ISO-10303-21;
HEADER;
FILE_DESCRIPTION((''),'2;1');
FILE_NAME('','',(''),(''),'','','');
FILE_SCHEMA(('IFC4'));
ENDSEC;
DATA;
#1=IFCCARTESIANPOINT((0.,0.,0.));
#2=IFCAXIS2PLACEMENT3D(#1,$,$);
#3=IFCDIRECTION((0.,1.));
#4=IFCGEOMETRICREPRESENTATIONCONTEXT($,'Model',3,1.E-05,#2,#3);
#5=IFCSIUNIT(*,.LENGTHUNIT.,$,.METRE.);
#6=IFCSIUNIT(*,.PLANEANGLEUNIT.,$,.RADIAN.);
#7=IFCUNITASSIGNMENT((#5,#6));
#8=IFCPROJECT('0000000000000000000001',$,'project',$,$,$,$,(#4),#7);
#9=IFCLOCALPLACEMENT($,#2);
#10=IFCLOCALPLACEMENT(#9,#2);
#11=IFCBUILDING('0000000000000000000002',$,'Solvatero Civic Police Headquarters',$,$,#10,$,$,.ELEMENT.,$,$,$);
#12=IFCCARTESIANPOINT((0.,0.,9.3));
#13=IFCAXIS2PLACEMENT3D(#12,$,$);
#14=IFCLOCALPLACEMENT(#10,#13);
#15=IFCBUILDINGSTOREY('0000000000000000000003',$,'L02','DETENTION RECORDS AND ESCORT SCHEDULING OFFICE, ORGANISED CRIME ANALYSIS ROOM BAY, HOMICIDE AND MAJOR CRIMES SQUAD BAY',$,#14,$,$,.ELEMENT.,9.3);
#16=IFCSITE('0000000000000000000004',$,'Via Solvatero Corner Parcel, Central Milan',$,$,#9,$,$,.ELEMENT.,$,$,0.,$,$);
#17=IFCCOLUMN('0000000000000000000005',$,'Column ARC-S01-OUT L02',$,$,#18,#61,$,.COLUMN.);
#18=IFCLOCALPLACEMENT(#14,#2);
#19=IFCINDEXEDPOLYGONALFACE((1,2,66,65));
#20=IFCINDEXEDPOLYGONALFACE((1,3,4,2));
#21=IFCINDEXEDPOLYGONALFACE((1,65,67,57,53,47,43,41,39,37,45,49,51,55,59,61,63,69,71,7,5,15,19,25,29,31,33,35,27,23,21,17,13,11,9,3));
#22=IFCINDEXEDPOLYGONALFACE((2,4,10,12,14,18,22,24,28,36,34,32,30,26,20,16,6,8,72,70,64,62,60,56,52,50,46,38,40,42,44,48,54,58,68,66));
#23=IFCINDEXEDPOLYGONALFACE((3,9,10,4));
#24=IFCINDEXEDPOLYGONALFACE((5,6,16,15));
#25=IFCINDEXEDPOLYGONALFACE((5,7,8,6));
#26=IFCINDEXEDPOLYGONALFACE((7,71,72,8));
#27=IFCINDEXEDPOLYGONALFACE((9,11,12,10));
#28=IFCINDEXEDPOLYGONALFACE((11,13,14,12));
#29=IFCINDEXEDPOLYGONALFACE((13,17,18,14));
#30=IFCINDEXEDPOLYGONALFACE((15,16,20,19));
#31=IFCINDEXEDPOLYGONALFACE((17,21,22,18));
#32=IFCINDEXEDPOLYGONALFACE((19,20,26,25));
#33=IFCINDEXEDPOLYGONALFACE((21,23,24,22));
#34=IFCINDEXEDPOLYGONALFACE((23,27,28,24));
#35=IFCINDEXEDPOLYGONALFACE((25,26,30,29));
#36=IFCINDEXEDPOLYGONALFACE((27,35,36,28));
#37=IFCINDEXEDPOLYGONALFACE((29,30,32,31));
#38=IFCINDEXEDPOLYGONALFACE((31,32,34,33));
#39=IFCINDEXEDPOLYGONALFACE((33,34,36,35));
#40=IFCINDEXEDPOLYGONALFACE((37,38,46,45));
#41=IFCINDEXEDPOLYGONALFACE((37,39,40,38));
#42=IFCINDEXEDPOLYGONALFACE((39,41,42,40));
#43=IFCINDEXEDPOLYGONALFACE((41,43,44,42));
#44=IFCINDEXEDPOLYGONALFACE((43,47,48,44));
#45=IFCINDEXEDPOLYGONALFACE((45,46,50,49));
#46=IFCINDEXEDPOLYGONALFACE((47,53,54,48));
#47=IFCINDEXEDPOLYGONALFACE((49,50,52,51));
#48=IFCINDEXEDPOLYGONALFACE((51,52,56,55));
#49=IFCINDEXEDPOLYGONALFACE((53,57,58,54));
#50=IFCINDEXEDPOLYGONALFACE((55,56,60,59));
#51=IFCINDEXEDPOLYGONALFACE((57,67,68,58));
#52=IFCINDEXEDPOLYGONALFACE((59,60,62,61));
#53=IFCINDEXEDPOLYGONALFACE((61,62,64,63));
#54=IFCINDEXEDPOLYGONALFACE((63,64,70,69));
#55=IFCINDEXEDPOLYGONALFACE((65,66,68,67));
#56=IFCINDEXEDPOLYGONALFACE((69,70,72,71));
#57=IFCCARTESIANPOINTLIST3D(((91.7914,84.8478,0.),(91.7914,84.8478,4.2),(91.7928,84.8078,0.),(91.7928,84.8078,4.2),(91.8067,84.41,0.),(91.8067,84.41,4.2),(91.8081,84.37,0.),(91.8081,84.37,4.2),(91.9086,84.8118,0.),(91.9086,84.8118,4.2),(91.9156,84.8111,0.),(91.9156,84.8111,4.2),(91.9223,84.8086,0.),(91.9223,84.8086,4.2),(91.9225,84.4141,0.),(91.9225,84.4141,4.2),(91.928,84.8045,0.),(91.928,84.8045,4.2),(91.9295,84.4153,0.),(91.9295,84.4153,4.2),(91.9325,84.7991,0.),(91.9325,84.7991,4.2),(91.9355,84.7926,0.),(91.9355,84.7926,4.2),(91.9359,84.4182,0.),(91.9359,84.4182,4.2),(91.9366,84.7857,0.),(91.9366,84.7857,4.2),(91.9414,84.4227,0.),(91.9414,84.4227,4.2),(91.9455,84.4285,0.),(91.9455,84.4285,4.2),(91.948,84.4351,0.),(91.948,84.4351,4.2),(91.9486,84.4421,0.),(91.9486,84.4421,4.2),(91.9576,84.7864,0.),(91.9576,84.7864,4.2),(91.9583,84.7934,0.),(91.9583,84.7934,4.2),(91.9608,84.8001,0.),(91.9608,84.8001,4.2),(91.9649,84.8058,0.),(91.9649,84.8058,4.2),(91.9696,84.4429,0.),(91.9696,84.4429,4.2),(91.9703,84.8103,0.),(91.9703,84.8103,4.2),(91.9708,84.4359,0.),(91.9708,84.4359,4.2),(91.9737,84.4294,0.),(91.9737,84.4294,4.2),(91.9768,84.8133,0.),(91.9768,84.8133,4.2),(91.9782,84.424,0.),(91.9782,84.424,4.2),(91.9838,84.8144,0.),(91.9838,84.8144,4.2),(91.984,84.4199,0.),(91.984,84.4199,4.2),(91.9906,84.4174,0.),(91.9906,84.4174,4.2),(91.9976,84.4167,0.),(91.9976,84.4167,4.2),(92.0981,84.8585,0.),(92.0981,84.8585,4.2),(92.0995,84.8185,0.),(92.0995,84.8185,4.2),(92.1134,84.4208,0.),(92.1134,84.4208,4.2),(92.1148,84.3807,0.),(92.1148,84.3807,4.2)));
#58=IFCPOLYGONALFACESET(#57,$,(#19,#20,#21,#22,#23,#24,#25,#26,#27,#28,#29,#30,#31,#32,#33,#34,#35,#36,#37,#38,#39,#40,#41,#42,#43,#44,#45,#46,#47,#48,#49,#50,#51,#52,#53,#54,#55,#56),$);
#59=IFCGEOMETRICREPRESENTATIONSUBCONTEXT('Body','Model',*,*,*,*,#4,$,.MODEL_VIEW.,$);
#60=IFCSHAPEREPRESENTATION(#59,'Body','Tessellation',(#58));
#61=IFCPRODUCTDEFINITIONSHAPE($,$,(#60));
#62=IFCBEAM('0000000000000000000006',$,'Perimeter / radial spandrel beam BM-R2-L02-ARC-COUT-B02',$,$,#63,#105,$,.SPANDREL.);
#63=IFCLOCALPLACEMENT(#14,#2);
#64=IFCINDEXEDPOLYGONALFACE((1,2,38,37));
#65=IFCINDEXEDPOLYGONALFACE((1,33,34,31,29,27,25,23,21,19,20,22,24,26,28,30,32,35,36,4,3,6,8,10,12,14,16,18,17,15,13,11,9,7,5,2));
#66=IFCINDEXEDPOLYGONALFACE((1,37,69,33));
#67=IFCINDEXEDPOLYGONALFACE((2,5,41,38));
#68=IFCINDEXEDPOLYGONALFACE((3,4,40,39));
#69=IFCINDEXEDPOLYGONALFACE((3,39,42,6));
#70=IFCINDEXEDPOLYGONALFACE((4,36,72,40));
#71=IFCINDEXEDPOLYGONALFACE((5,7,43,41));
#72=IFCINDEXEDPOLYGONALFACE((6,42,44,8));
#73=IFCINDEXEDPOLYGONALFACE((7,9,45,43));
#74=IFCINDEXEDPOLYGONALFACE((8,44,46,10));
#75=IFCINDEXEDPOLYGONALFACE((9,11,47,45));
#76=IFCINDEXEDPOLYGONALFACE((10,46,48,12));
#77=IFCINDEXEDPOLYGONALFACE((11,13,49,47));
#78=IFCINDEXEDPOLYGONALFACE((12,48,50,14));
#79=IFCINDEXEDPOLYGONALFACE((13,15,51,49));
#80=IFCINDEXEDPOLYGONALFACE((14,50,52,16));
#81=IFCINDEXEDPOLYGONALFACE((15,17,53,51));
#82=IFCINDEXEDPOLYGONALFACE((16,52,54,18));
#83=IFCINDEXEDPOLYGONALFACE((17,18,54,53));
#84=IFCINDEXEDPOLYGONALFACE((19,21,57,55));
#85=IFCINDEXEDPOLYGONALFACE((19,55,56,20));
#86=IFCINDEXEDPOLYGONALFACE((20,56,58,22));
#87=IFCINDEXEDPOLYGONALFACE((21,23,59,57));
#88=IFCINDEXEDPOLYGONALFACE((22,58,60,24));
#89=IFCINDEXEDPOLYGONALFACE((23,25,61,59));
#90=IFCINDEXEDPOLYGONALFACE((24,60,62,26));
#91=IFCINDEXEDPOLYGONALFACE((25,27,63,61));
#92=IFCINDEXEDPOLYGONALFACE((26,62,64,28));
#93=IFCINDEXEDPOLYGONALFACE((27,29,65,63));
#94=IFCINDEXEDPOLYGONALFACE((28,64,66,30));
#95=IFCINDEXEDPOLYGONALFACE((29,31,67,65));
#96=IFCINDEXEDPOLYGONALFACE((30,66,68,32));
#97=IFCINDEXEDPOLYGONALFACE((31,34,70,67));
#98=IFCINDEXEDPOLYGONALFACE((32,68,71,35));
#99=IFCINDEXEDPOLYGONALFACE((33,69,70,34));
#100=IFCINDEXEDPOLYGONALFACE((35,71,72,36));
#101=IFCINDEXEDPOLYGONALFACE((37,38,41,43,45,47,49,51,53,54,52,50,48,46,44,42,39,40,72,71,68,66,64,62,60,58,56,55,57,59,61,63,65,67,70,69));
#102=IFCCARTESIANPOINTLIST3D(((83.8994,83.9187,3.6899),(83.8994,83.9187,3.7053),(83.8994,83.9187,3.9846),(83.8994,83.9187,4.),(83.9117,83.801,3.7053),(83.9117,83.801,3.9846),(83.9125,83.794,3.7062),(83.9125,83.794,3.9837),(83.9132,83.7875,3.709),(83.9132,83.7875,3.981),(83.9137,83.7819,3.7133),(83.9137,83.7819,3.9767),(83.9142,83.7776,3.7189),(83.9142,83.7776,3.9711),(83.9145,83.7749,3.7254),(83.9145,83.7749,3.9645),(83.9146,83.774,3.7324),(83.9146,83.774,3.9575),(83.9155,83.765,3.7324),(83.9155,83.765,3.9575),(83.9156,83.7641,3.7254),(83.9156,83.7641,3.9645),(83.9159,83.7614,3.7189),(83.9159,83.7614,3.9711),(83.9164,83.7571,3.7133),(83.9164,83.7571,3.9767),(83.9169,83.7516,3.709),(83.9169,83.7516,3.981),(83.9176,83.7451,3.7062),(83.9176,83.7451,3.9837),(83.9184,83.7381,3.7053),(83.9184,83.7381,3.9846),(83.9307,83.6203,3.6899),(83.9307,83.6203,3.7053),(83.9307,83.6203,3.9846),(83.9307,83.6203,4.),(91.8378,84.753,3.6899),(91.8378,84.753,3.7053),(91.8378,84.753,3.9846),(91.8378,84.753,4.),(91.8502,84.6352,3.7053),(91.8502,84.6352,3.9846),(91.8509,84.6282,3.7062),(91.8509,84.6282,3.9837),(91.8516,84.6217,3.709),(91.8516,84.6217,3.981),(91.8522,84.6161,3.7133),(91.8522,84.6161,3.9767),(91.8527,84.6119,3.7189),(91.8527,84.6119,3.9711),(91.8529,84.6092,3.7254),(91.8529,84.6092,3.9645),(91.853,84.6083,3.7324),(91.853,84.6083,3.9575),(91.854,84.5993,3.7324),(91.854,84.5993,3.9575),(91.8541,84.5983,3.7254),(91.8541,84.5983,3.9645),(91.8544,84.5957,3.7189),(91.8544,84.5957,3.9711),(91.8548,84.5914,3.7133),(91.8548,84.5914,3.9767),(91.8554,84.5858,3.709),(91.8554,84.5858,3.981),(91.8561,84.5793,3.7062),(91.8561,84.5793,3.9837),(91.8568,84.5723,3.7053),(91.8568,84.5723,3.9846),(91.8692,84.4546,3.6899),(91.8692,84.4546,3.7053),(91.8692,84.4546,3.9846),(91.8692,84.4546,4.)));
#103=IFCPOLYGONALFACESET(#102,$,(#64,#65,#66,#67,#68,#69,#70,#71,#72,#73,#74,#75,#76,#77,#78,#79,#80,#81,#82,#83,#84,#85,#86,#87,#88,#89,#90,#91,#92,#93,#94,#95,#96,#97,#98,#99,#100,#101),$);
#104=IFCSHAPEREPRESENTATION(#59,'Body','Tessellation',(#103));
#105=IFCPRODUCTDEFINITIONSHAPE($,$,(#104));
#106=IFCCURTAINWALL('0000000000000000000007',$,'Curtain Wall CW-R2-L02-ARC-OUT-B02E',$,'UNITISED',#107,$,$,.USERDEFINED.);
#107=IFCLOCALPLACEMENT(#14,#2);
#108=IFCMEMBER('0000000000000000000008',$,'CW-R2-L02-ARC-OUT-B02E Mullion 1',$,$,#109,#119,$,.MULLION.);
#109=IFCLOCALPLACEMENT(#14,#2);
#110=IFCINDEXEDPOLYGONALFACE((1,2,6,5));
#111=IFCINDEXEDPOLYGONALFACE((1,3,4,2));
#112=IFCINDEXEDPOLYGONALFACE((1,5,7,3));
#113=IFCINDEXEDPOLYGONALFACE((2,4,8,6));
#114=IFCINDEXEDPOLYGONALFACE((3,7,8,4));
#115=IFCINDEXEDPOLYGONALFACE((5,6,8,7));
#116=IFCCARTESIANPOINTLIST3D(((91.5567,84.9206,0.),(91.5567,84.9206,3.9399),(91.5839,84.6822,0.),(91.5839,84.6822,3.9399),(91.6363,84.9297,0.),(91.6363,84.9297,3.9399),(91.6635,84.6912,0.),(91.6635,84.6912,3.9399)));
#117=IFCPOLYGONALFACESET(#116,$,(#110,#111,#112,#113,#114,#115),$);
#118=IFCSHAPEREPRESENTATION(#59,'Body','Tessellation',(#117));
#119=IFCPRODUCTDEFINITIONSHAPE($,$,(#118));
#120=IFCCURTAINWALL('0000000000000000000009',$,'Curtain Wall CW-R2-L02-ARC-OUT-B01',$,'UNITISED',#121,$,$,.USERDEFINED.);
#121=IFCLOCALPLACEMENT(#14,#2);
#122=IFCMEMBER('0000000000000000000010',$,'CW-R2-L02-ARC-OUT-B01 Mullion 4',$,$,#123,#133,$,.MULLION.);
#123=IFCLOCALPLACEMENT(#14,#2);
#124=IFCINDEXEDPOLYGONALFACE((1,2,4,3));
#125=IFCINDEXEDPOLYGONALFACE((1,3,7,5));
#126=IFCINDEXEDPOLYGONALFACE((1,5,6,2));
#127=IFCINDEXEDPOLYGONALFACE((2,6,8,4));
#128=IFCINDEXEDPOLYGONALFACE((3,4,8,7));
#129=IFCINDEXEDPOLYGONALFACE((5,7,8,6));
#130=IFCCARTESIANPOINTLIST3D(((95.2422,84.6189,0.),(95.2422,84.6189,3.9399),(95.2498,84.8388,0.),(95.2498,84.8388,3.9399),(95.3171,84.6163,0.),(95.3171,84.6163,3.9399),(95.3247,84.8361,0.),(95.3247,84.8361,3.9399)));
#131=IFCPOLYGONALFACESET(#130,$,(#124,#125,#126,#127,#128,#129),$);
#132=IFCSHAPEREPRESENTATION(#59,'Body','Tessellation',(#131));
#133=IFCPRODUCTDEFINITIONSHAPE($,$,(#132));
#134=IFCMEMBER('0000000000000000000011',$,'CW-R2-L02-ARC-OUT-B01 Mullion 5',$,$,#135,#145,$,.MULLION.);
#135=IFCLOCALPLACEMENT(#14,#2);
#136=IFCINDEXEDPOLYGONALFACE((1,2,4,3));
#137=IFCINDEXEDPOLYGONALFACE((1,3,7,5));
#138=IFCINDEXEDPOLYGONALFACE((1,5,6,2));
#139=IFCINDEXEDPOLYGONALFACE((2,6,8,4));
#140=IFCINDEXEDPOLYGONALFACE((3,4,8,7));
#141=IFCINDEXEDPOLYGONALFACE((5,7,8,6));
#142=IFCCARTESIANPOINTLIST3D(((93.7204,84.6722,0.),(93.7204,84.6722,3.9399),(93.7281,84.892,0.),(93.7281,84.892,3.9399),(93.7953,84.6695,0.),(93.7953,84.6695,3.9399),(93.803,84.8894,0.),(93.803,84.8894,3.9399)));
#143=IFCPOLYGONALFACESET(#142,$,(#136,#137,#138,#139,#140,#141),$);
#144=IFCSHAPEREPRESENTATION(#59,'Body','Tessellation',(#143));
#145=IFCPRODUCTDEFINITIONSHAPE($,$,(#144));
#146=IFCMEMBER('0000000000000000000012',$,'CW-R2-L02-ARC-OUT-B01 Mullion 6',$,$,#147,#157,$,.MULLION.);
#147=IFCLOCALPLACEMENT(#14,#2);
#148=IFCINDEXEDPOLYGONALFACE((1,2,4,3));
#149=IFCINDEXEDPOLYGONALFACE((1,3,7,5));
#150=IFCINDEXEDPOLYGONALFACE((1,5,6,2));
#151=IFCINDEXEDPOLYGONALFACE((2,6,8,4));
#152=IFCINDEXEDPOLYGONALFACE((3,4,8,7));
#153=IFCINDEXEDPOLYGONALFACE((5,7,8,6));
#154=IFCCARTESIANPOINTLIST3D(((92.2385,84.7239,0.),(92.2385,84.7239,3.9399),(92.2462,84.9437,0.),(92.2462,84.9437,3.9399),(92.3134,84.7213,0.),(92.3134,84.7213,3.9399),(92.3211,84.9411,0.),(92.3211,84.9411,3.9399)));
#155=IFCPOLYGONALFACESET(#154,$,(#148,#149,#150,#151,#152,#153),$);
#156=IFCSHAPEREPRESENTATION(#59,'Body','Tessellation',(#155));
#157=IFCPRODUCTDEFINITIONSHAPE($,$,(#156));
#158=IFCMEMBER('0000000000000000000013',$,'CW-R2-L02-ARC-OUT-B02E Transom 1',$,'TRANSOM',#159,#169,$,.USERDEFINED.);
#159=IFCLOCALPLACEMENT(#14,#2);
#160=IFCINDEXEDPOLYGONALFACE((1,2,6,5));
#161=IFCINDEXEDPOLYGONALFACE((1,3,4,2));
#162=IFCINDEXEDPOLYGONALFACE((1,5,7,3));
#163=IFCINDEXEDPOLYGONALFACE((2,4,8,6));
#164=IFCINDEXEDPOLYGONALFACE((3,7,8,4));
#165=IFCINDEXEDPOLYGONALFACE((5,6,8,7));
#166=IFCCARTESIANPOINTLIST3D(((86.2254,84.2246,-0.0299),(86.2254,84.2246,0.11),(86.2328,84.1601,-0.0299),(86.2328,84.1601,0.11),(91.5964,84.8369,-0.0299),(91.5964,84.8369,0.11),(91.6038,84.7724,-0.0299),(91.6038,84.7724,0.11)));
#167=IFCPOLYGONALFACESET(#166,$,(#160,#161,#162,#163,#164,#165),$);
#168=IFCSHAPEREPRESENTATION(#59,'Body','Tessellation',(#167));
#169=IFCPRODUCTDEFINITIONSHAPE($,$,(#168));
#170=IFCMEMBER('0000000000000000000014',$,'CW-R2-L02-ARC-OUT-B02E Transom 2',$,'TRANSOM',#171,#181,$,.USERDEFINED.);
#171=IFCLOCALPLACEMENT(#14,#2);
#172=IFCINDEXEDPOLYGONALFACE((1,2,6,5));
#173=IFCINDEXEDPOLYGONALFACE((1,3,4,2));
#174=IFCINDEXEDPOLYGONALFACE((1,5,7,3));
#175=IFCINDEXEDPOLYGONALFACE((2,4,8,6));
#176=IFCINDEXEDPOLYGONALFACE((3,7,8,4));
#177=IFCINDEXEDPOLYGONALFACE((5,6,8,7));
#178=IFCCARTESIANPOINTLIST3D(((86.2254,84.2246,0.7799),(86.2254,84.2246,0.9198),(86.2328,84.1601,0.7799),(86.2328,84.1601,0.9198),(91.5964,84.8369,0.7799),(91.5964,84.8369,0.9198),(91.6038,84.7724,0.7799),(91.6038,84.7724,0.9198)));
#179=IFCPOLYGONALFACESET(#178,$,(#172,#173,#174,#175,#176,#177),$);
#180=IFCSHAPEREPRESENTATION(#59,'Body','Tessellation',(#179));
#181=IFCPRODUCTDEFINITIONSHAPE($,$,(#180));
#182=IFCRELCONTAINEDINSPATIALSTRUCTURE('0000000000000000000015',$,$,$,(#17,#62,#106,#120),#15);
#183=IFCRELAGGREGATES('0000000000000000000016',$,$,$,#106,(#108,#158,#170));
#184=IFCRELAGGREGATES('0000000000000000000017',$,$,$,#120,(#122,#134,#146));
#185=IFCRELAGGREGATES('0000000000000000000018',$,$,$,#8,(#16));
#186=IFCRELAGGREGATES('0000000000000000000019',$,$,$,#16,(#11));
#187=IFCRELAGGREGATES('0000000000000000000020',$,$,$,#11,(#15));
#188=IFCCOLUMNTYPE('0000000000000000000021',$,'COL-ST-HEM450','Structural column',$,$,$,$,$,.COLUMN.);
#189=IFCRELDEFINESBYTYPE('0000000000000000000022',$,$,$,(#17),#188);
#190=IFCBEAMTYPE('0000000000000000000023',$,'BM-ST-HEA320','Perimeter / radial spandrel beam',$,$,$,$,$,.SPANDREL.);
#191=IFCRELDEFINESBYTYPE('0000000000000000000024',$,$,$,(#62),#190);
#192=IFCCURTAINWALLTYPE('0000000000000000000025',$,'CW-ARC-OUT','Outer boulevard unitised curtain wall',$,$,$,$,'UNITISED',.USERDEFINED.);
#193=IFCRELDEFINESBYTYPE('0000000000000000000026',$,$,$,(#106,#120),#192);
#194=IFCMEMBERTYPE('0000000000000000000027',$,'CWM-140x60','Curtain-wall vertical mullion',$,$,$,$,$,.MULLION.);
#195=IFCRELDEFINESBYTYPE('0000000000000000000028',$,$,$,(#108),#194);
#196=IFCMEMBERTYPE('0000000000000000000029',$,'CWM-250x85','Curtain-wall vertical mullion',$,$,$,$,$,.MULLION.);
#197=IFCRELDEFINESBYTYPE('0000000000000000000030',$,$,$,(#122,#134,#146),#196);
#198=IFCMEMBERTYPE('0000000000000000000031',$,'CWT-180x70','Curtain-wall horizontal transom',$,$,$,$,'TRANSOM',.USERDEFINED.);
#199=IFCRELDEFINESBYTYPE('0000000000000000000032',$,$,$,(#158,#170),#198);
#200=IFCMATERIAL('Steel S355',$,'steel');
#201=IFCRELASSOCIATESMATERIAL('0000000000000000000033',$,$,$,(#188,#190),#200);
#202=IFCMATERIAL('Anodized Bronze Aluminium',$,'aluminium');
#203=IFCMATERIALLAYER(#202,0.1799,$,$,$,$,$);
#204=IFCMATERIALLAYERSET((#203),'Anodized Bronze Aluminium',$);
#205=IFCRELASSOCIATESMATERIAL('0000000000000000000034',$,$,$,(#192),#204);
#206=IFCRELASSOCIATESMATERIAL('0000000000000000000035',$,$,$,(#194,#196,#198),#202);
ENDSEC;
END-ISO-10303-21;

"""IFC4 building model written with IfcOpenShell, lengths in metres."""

from ifc_helpers import new_model, si_unit, direction, frame, origin, origin_2d, place, context, subcontext, project, spatial, rectangle, i_section, extrude, material, layer, layer_set, material_profile, profile_set, type_object, element, aggregate, save


model = new_model("IFC4")

# Units and contexts
model_context = context("Model", 3, precision=1e-05, world=origin(), true_north=direction((0.0, 1.0)))
body_context = subcontext(model_context, "Body", "Model", "MODEL_VIEW")
ifc_project = project(units=[si_unit("LENGTHUNIT", "METRE"), si_unit("PLANEANGLEUNIT", "RADIAN")], contexts=[model_context])

# Site, building, storey
site_placement = place(None, origin())
site = spatial("IfcSite", under=ifc_project, at=site_placement, Name="Via Solvatero Corner Parcel, Central Milan", CompositionType="ELEMENT", RefElevation=0.0)
building_placement = place(site_placement, origin())
building = spatial("IfcBuilding", under=site, at=building_placement, Name="Solvatero Civic Police Headquarters", CompositionType="ELEMENT")
storey_placement = place(building_placement, frame((0.0, 0.0, 9.3)))
storey = spatial("IfcBuildingStorey", under=building, at=storey_placement, Name="L02", Description="DETENTION RECORDS AND ESCORT SCHEDULING OFFICE, ORGANISED CRIME ANALYSIS ROOM BAY, HOMICIDE AND MAJOR CRIMES SQUAD BAY", CompositionType="ELEMENT", Elevation=9.3)

# Column
ifc_material_1 = material(Name="Steel S355", Category="steel")
ifc_material_profile_1 = material_profile(ifc_material_1, i_section(OverallWidth=0.3069, OverallDepth=0.478, WebThickness=0.021, FlangeThickness=0.04, FilletRadius=0.0271, at=origin_2d()), Name="HEM 450")
ifc_profile_set_1 = profile_set([ifc_material_profile_1], Name="Steel S355")
column_type = type_object("IfcColumnType", Name="COL-ST-HEM450", Description="Structural column", PredefinedType="COLUMN", material=ifc_profile_set_1)
column_placement = place(storey_placement, frame((91.9531, 84.6143, 0.0), z_axis=(0.0, 0.0, 1.0), x_axis=(0.999391, 0.034899, 0.0)))
element("IfcColumn", 1, at=column_placement, inside=storey, type_object=column_type, Name="Column ARC-S01-OUT L02", PredefinedType="COLUMN", context=body_context, shape_type="SweptSolid", body=[
    extrude(i_section(OverallWidth=0.3069, OverallDepth=0.478, WebThickness=0.021, FlangeThickness=0.04, FilletRadius=0.0271, at=origin_2d()), origin(), (0.0, 0.0, 1.0), 4.2),
])

# Beam
ifc_material_profile_2 = material_profile(ifc_material_1, i_section(OverallWidth=0.3, OverallDepth=0.3101, WebThickness=0.009, FlangeThickness=0.0154, FilletRadius=0.0271, at=origin_2d()), Name="HEA 320")
ifc_profile_set_2 = profile_set([ifc_material_profile_2], Name="Steel S355")
beam_type = type_object("IfcBeamType", Name="BM-ST-HEA320", Description="Perimeter / radial spandrel beam", PredefinedType="SPANDREL", material=ifc_profile_set_2)
beam_placement = place(storey_placement, frame((91.8535, 84.6038, 3.845), z_axis=(-0.994524, -0.104511, 0.0), x_axis=(0.104511, -0.994524, 0.0)))
element("IfcBeam", 2, at=beam_placement, inside=storey, type_object=beam_type, Name="Perimeter / radial spandrel beam BM-R2-L02-ARC-COUT-B02", PredefinedType="SPANDREL", context=body_context, shape_type="SweptSolid", body=[
    extrude(i_section(OverallWidth=0.3, OverallDepth=0.3101, WebThickness=0.009, FlangeThickness=0.0154, FilletRadius=0.0271, at=origin_2d()), origin(), (0.0, 0.0, 1.0), 7.9822),
])

# Curtain wall, member
ifc_material_2 = material(Name="Anodized Bronze Aluminium", Category="aluminium")
ifc_layer_1 = layer(ifc_material_2, 0.1799)
ifc_layer_set_1 = layer_set([ifc_layer_1], Name="Anodized Bronze Aluminium")
curtain_wall_type = type_object("IfcCurtainWallType", Name="CW-ARC-OUT", Description="Outer boulevard unitised curtain wall", ElementType="UNITISED", PredefinedType="USERDEFINED", material=ifc_layer_set_1)
curtain_wall_1_placement = place(storey_placement, origin())
curtain_wall_1 = element("IfcCurtainWall", 3, at=curtain_wall_1_placement, inside=storey, type_object=curtain_wall_type, Name="Curtain Wall CW-R2-L02-ARC-OUT-B02E", ObjectType="UNITISED", PredefinedType="USERDEFINED")
ifc_material_profile_3 = material_profile(ifc_material_2, rectangle(XDim=0.0801, YDim=0.24, at=origin_2d()), Name="ALU MULLION 80x240")
ifc_profile_set_3 = profile_set([ifc_material_profile_3], Name="Anodized Bronze Aluminium")
member_type_1 = type_object("IfcMemberType", Name="CWM-140x60", Description="Curtain-wall vertical mullion", PredefinedType="MULLION", material=ifc_profile_set_3)
member_1_placement = place(storey_placement, frame((91.6101, 84.8059, 0.0), z_axis=(0.0, 0.0, 1.0), x_axis=(-0.993566, -0.113255, 0.0)))
member_1 = element("IfcMember", 4, at=member_1_placement, type_object=member_type_1, Name="CW-R2-L02-ARC-OUT-B02E Mullion 1", PredefinedType="MULLION", context=body_context, shape_type="SweptSolid", body=[
    extrude(rectangle(XDim=0.0801, YDim=0.24, at=origin_2d()), origin(), (0.0, 0.0, 1.0), 3.9399),
])

# Curtain wall, members
curtain_wall_2_placement = place(storey_placement, origin())
curtain_wall_2 = element("IfcCurtainWall", 5, at=curtain_wall_2_placement, inside=storey, type_object=curtain_wall_type, Name="Curtain Wall CW-R2-L02-ARC-OUT-B01", ObjectType="UNITISED", PredefinedType="USERDEFINED")
ifc_material_profile_4 = material_profile(ifc_material_2, rectangle(XDim=0.075, YDim=0.22, at=origin_2d()), Name="ALU MULLION 75x220")
ifc_profile_set_4 = profile_set([ifc_material_profile_4], Name="Anodized Bronze Aluminium")
member_type_2 = type_object("IfcMemberType", Name="CWM-250x85", Description="Curtain-wall vertical mullion", PredefinedType="MULLION", material=ifc_profile_set_4)
member_2_placement = place(storey_placement, frame((95.2834, 84.7275, 0.0), z_axis=(0.0, 0.0, 1.0), x_axis=(-0.999391, 0.034899, 0.0)))
member_2 = element("IfcMember", 6, at=member_2_placement, type_object=member_type_2, Name="CW-R2-L02-ARC-OUT-B01 Mullion 4", PredefinedType="MULLION", context=body_context, shape_type="SweptSolid", body=[
    extrude(rectangle(XDim=0.075, YDim=0.22, at=origin_2d()), origin(), (0.0, 0.0, 1.0), 3.9399),
])
member_3_placement = place(storey_placement, frame((93.7617, 84.7808, 0.0), z_axis=(0.0, 0.0, 1.0), x_axis=(-0.999391, 0.034899, 0.0)))
member_3 = element("IfcMember", 7, at=member_3_placement, type_object=member_type_2, Name="CW-R2-L02-ARC-OUT-B01 Mullion 5", PredefinedType="MULLION", context=body_context, shape_type="SweptSolid", body=[
    extrude(rectangle(XDim=0.075, YDim=0.22, at=origin_2d()), origin(), (0.0, 0.0, 1.0), 3.9399),
])
member_4_placement = place(storey_placement, frame((92.2798, 84.8325, 0.0), z_axis=(0.0, 0.0, 1.0), x_axis=(-0.999391, 0.034899, 0.0)))
member_4 = element("IfcMember", 8, at=member_4_placement, type_object=member_type_2, Name="CW-R2-L02-ARC-OUT-B01 Mullion 6", PredefinedType="MULLION", context=body_context, shape_type="SweptSolid", body=[
    extrude(rectangle(XDim=0.075, YDim=0.22, at=origin_2d()), origin(), (0.0, 0.0, 1.0), 3.9399),
])

# Members
ifc_material_profile_5 = material_profile(ifc_material_2, rectangle(XDim=0.0649, YDim=0.1399, at=origin_2d()), Name="ALU TRANSOM 65x140")
ifc_profile_set_5 = profile_set([ifc_material_profile_5], Name="Anodized Bronze Aluminium")
member_type_3 = type_object("IfcMemberType", Name="CWT-180x70", Description="Curtain-wall horizontal transom", ElementType="TRANSOM", PredefinedType="USERDEFINED", material=ifc_profile_set_5)
member_5_placement = place(storey_placement, frame((91.6001, 84.8047, 0.04), z_axis=(-0.993564, -0.113271, 0.0), x_axis=(0.113271, -0.993564, 0.0)))
member_5 = element("IfcMember", 9, at=member_5_placement, type_object=member_type_3, Name="CW-R2-L02-ARC-OUT-B02E Transom 1", ObjectType="TRANSOM", PredefinedType="USERDEFINED", context=body_context, shape_type="SweptSolid", body=[
    extrude(rectangle(XDim=0.0649, YDim=0.1399, at=origin_2d()), origin(), (0.0, 0.0, 1.0), 5.4058),
])
member_6_placement = place(storey_placement, frame((91.6001, 84.8047, 0.8499), z_axis=(-0.993564, -0.113271, 0.0), x_axis=(0.113271, -0.993564, 0.0)))
member_6 = element("IfcMember", 10, at=member_6_placement, type_object=member_type_3, Name="CW-R2-L02-ARC-OUT-B02E Transom 2", ObjectType="TRANSOM", PredefinedType="USERDEFINED", context=body_context, shape_type="SweptSolid", body=[
    extrude(rectangle(XDim=0.0649, YDim=0.1399, at=origin_2d()), origin(), (0.0, 0.0, 1.0), 5.4058),
])
aggregate(curtain_wall_1, [member_1, member_5, member_6])

aggregate(curtain_wall_2, [member_2, member_3, member_4])

save(model, "model.ifc")
